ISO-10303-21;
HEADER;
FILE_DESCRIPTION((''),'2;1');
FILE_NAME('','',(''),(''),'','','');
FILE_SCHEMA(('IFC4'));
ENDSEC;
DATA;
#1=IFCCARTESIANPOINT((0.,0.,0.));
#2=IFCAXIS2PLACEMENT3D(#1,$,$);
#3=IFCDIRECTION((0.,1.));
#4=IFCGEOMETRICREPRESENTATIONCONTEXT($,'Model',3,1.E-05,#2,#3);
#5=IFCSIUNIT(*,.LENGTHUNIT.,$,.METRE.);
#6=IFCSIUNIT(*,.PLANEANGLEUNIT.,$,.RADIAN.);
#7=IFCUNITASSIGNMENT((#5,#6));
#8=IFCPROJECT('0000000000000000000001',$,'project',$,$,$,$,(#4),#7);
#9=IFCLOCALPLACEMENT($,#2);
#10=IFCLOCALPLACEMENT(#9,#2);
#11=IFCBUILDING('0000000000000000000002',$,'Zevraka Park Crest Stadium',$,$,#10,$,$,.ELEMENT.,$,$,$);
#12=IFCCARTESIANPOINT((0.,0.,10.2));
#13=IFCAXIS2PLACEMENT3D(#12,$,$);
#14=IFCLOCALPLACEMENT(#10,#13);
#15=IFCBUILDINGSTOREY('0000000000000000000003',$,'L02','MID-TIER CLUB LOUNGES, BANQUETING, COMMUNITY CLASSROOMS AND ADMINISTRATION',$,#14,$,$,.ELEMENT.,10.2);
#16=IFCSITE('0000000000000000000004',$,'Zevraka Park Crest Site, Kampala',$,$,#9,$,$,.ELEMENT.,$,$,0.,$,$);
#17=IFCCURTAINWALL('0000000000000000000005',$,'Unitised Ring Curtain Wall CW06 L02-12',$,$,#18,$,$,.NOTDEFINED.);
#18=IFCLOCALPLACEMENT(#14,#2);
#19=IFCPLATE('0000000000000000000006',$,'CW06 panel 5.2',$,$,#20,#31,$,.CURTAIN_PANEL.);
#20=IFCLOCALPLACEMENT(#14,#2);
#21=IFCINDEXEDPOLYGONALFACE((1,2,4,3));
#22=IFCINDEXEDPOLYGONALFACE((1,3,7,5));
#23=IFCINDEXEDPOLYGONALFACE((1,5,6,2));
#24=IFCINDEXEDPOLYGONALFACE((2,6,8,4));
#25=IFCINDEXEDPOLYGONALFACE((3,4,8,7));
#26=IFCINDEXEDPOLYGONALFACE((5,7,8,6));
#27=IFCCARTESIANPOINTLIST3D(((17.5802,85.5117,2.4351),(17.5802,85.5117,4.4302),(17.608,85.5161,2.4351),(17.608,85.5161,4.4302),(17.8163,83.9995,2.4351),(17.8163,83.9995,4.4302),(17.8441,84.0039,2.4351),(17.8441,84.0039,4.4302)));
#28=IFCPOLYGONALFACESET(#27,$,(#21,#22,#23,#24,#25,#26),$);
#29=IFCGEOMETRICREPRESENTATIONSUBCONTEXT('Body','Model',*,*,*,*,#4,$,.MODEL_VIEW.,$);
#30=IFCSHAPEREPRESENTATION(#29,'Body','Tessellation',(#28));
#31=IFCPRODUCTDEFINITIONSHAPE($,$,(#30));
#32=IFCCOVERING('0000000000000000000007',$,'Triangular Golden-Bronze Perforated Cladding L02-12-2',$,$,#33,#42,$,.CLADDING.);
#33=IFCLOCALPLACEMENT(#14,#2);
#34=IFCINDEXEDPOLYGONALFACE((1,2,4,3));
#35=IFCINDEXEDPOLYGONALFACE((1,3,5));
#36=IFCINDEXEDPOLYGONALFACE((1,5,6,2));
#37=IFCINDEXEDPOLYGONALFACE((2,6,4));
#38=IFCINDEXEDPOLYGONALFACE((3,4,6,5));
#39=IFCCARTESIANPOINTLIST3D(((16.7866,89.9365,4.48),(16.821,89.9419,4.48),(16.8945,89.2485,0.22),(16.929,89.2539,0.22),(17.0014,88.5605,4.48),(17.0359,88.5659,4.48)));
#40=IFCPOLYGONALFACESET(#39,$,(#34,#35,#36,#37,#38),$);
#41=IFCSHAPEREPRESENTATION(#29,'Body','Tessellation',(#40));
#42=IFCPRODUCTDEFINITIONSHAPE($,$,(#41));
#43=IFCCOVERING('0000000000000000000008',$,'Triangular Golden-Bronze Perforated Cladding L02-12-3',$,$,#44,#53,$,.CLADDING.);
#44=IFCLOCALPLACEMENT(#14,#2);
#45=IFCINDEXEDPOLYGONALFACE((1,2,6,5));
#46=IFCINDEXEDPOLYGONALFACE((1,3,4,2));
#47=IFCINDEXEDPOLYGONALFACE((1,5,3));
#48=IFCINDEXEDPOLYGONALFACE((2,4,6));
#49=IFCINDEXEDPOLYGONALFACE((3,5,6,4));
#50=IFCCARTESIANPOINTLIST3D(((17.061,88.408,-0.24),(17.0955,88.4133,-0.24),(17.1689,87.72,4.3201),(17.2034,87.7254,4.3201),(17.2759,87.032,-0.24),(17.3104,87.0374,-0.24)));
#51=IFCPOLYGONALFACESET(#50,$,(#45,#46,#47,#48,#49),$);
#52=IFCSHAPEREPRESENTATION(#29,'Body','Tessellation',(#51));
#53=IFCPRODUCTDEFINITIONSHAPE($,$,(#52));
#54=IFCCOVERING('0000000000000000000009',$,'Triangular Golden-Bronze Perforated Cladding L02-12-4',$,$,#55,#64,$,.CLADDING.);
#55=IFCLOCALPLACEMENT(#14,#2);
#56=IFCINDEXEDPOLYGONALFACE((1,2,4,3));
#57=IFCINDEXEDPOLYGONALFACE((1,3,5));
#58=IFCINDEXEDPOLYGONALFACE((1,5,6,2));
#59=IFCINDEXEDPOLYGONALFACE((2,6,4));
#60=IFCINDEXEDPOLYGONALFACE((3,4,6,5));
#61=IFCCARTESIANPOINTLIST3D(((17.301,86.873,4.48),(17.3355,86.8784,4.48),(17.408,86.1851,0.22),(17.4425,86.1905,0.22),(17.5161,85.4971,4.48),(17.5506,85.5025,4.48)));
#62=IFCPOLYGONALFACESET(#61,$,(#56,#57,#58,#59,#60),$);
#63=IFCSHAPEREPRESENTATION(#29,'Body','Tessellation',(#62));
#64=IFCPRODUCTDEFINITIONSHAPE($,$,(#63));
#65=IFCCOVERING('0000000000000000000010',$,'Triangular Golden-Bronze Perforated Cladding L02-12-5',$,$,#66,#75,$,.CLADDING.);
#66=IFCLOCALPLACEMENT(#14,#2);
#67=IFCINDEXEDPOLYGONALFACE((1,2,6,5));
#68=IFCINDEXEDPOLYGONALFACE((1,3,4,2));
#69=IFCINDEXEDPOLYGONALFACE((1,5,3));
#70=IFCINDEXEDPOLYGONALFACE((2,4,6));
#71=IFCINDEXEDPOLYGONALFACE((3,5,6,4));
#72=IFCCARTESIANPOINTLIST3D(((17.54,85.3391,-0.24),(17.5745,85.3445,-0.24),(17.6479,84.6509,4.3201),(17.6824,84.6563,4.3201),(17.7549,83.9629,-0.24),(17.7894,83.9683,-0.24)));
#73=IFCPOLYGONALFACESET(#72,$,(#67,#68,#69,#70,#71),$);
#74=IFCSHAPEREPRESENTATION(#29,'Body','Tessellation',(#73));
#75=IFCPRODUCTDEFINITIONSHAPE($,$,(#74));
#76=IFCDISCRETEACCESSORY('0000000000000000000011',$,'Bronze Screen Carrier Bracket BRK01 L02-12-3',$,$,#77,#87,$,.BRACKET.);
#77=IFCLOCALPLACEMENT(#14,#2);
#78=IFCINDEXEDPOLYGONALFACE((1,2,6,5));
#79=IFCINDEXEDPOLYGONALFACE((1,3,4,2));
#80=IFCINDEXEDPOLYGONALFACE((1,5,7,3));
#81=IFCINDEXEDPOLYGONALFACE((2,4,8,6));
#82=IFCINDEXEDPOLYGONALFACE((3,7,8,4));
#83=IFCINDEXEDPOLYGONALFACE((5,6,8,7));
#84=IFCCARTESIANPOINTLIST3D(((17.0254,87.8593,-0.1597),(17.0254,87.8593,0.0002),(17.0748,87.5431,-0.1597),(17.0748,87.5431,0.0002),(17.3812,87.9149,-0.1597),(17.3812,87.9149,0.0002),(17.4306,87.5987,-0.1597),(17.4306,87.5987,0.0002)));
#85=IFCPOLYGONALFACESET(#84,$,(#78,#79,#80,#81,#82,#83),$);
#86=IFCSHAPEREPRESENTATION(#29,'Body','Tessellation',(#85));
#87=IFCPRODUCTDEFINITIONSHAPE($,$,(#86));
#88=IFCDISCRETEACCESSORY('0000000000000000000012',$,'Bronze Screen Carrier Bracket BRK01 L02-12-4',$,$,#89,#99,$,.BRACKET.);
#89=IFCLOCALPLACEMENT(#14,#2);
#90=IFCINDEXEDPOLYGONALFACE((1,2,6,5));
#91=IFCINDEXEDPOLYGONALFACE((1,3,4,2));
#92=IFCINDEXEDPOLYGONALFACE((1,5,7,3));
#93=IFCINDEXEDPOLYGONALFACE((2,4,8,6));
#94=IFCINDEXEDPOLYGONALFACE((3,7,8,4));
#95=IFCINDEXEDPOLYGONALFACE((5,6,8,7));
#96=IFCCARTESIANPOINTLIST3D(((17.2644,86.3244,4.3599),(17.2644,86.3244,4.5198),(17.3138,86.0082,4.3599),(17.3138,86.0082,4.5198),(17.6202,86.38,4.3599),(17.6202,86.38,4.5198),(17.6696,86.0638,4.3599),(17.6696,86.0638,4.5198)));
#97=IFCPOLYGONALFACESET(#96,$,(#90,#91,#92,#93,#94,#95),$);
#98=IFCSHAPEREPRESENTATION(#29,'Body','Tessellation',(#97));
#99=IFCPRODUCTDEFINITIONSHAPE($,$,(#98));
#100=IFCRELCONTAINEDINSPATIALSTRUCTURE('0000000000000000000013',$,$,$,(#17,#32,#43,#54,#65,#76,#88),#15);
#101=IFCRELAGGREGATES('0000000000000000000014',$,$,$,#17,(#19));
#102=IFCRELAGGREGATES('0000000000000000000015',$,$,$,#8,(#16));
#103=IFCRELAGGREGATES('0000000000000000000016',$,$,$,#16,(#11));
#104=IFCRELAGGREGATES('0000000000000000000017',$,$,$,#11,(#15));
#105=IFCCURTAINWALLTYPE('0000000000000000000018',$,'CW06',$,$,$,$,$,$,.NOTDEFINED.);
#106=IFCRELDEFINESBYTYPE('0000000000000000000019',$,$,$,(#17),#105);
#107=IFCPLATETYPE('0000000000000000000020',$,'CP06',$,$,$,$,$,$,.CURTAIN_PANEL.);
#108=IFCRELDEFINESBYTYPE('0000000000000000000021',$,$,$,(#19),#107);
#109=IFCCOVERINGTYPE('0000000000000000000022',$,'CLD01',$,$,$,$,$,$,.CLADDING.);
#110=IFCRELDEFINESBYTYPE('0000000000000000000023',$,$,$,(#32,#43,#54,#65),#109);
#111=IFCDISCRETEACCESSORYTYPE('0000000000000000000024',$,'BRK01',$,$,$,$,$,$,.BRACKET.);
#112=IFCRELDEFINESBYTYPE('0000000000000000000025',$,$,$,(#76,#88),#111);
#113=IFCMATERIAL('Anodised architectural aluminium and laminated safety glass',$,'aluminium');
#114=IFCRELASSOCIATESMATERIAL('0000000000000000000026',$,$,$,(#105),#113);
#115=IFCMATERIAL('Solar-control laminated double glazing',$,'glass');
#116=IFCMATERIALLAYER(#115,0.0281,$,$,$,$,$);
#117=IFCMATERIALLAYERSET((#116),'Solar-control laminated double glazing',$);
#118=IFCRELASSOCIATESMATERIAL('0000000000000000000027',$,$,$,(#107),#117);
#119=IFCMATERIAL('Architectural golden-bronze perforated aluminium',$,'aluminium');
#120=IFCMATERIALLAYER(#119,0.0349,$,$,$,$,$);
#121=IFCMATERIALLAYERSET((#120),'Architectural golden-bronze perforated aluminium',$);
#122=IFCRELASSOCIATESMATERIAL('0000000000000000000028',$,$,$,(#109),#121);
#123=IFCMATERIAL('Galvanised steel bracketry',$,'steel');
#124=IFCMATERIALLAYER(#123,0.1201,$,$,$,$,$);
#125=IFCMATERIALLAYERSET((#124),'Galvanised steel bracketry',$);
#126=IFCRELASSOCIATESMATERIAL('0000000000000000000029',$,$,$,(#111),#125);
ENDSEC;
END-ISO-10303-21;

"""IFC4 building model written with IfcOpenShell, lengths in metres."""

from ifc_helpers import new_model, si_unit, direction, frame, origin, origin_2d, place, context, subcontext, project, spatial, polyline, rectangle, outline, extrude, material, layer, layer_set, type_object, element, aggregate, save


model = new_model("IFC4")

# Units and contexts
model_context = context("Model", 3, precision=1e-05, world=origin(), true_north=direction((0.0, 1.0)))
body_context = subcontext(model_context, "Body", "Model", "MODEL_VIEW")
ifc_project = project(units=[si_unit("LENGTHUNIT", "METRE"), si_unit("PLANEANGLEUNIT", "RADIAN")], contexts=[model_context])

# Site, building, storey
site_placement = place(None, origin())
site = spatial("IfcSite", under=ifc_project, at=site_placement, Name="Zevraka Park Crest Site, Kampala", CompositionType="ELEMENT", RefElevation=0.0)
building_placement = place(site_placement, origin())
building = spatial("IfcBuilding", under=site, at=building_placement, Name="Zevraka Park Crest Stadium", CompositionType="ELEMENT")
storey_placement = place(building_placement, frame((0.0, 0.0, 10.2)))
storey = spatial("IfcBuildingStorey", under=building, at=storey_placement, Name="L02", Description="MID-TIER CLUB LOUNGES, BANQUETING, COMMUNITY CLASSROOMS AND ADMINISTRATION", CompositionType="ELEMENT", Elevation=10.2)

# Curtain wall, plate
ifc_material_1 = material(Name="Anodised architectural aluminium and laminated safety glass", Category="aluminium")
curtain_wall_type = type_object("IfcCurtainWallType", Name="CW06", PredefinedType="NOTDEFINED", material=ifc_material_1)
curtain_wall_placement = place(storey_placement, origin())
curtain_wall = element("IfcCurtainWall", 1, at=curtain_wall_placement, inside=storey, type_object=curtain_wall_type, Name="Unitised Ring Curtain Wall CW06 L02-12", PredefinedType="NOTDEFINED")
ifc_material_2 = material(Name="Solar-control laminated double glazing", Category="glass")
ifc_layer_1 = layer(ifc_material_2, 0.0281)
ifc_layer_set_1 = layer_set([ifc_layer_1], Name="Solar-control laminated double glazing")
plate_type = type_object("IfcPlateType", Name="CP06", PredefinedType="CURTAIN_PANEL", material=ifc_layer_set_1)
plate_1_placement = place(storey_placement, frame((17.7122, 84.7578, 2.4351), z_axis=(0.0, 0.0, 1.0), x_axis=(0.154274, -0.988028, 0.0)))
plate_1 = element("IfcPlate", 2, at=plate_1_placement, type_object=plate_type, Name="CW06 panel 5.2", PredefinedType="CURTAIN_PANEL", context=body_context, shape_type="SweptSolid", body=[
    extrude(rectangle(XDim=1.5305, YDim=0.0281, at=origin_2d()), origin(), (0.0, 0.0, 1.0), 1.9951),
])
aggregate(curtain_wall, [plate_1])

# Coverings
ifc_material_3 = material(Name="Architectural golden-bronze perforated aluminium", Category="aluminium")
ifc_layer_2 = layer(ifc_material_3, 0.0349)
ifc_layer_set_2 = layer_set([ifc_layer_2], Name="Architectural golden-bronze perforated aluminium")
covering_type = type_object("IfcCoveringType", Name="CLD01", PredefinedType="CLADDING", material=ifc_layer_set_2)
covering_1_placement = place(storey_placement, frame((17.0359, 88.5659, 4.48), z_axis=(0.988029, 0.15427, 0.000113), x_axis=(-0.15427, 0.988029, 0.0)))
element("IfcCovering", 3, at=covering_1_placement, inside=storey, type_object=covering_type, Name="Triangular Golden-Bronze Perforated Cladding L02-12-2", PredefinedType="CLADDING", context=body_context, shape_type="SweptSolid", body=[
    extrude(outline(polyline([(0.0, 0.0), (1.3926, 0.0), (0.6962, -4.26), (0.0, 0.0)])), origin(), (0.0, 0.0, -1.0), 0.0349),
])
covering_2_placement = place(storey_placement, frame((17.061, 88.408, -0.24), z_axis=(-0.988029, -0.15427, 0.000106), x_axis=(0.15427, -0.988029, 0.0)))
element("IfcCovering", 4, at=covering_2_placement, inside=storey, type_object=covering_type, Name="Triangular Golden-Bronze Perforated Cladding L02-12-3", PredefinedType="CLADDING", context=body_context, shape_type="SweptSolid", body=[
    extrude(outline(polyline([(0.0, 0.0), (1.3926, 0.0), (0.6964, 4.5601), (0.0, 0.0)])), origin(), (0.0, 0.0, -1.0), 0.0349),
])
covering_3_placement = place(storey_placement, frame((17.5161, 85.4971, 4.48), z_axis=(-0.988002, -0.154441, 0.000142), x_axis=(-0.154441, 0.988002, 0.0)))
element("IfcCovering", 5, at=covering_3_placement, inside=storey, type_object=covering_type, Name="Triangular Golden-Bronze Perforated Cladding L02-12-4", PredefinedType="CLADDING", context=body_context, shape_type="SweptSolid", body=[
    extrude(outline(polyline([(0.0, 0.0), (1.3927, 0.0), (0.6964, 4.26), (0.0, 0.0)])), origin(), (0.0, 0.0, -1.0), 0.0349),
])
covering_4_placement = place(storey_placement, frame((17.54, 85.3391, -0.24), z_axis=(-0.988033, -0.154243, 0.000102), x_axis=(0.154243, -0.988033, 0.0)))
element("IfcCovering", 6, at=covering_4_placement, inside=storey, type_object=covering_type, Name="Triangular Golden-Bronze Perforated Cladding L02-12-5", PredefinedType="CLADDING", context=body_context, shape_type="SweptSolid", body=[
    extrude(outline(polyline([(0.0, 0.0), (1.3929, 0.0), (0.6966, 4.5601), (0.0, 0.0)])), origin(), (0.0, 0.0, -1.0), 0.0349),
])

# Discrete accessories
ifc_material_4 = material(Name="Galvanised steel bracketry", Category="steel")
ifc_layer_3 = layer(ifc_material_4, 0.1201)
ifc_layer_set_3 = layer_set([ifc_layer_3], Name="Galvanised steel bracketry")
discrete_accessory_type = type_object("IfcDiscreteAccessoryType", Name="BRK01", PredefinedType="BRACKET", material=ifc_layer_set_3)
for number, where, z_axis, x_axis, name in (
    (7, (17.228, 87.729, -0.1597), (0.0, 0.0, 1.0), (0.154366, -0.988014, 0.0), "Bronze Screen Carrier Bracket BRK01 L02-12-3"),
    (8, (17.467, 86.1941, 4.3599), (0.0, 0.0, 1.0), (0.154366, -0.988014, 0.0), "Bronze Screen Carrier Bracket BRK01 L02-12-4"),
):
    element("IfcDiscreteAccessory", number, at=place(storey_placement, frame(where, z_axis=z_axis, x_axis=x_axis)), inside=storey, type_object=discrete_accessory_type, Name=name, PredefinedType="BRACKET", context=body_context, shape_type="SweptSolid", body=[
        extrude(rectangle(XDim=0.3201, YDim=0.3601, at=origin_2d()), origin(), (0.0, 0.0, 1.0), 0.1599),
    ])

save(model, "model.ifc")
